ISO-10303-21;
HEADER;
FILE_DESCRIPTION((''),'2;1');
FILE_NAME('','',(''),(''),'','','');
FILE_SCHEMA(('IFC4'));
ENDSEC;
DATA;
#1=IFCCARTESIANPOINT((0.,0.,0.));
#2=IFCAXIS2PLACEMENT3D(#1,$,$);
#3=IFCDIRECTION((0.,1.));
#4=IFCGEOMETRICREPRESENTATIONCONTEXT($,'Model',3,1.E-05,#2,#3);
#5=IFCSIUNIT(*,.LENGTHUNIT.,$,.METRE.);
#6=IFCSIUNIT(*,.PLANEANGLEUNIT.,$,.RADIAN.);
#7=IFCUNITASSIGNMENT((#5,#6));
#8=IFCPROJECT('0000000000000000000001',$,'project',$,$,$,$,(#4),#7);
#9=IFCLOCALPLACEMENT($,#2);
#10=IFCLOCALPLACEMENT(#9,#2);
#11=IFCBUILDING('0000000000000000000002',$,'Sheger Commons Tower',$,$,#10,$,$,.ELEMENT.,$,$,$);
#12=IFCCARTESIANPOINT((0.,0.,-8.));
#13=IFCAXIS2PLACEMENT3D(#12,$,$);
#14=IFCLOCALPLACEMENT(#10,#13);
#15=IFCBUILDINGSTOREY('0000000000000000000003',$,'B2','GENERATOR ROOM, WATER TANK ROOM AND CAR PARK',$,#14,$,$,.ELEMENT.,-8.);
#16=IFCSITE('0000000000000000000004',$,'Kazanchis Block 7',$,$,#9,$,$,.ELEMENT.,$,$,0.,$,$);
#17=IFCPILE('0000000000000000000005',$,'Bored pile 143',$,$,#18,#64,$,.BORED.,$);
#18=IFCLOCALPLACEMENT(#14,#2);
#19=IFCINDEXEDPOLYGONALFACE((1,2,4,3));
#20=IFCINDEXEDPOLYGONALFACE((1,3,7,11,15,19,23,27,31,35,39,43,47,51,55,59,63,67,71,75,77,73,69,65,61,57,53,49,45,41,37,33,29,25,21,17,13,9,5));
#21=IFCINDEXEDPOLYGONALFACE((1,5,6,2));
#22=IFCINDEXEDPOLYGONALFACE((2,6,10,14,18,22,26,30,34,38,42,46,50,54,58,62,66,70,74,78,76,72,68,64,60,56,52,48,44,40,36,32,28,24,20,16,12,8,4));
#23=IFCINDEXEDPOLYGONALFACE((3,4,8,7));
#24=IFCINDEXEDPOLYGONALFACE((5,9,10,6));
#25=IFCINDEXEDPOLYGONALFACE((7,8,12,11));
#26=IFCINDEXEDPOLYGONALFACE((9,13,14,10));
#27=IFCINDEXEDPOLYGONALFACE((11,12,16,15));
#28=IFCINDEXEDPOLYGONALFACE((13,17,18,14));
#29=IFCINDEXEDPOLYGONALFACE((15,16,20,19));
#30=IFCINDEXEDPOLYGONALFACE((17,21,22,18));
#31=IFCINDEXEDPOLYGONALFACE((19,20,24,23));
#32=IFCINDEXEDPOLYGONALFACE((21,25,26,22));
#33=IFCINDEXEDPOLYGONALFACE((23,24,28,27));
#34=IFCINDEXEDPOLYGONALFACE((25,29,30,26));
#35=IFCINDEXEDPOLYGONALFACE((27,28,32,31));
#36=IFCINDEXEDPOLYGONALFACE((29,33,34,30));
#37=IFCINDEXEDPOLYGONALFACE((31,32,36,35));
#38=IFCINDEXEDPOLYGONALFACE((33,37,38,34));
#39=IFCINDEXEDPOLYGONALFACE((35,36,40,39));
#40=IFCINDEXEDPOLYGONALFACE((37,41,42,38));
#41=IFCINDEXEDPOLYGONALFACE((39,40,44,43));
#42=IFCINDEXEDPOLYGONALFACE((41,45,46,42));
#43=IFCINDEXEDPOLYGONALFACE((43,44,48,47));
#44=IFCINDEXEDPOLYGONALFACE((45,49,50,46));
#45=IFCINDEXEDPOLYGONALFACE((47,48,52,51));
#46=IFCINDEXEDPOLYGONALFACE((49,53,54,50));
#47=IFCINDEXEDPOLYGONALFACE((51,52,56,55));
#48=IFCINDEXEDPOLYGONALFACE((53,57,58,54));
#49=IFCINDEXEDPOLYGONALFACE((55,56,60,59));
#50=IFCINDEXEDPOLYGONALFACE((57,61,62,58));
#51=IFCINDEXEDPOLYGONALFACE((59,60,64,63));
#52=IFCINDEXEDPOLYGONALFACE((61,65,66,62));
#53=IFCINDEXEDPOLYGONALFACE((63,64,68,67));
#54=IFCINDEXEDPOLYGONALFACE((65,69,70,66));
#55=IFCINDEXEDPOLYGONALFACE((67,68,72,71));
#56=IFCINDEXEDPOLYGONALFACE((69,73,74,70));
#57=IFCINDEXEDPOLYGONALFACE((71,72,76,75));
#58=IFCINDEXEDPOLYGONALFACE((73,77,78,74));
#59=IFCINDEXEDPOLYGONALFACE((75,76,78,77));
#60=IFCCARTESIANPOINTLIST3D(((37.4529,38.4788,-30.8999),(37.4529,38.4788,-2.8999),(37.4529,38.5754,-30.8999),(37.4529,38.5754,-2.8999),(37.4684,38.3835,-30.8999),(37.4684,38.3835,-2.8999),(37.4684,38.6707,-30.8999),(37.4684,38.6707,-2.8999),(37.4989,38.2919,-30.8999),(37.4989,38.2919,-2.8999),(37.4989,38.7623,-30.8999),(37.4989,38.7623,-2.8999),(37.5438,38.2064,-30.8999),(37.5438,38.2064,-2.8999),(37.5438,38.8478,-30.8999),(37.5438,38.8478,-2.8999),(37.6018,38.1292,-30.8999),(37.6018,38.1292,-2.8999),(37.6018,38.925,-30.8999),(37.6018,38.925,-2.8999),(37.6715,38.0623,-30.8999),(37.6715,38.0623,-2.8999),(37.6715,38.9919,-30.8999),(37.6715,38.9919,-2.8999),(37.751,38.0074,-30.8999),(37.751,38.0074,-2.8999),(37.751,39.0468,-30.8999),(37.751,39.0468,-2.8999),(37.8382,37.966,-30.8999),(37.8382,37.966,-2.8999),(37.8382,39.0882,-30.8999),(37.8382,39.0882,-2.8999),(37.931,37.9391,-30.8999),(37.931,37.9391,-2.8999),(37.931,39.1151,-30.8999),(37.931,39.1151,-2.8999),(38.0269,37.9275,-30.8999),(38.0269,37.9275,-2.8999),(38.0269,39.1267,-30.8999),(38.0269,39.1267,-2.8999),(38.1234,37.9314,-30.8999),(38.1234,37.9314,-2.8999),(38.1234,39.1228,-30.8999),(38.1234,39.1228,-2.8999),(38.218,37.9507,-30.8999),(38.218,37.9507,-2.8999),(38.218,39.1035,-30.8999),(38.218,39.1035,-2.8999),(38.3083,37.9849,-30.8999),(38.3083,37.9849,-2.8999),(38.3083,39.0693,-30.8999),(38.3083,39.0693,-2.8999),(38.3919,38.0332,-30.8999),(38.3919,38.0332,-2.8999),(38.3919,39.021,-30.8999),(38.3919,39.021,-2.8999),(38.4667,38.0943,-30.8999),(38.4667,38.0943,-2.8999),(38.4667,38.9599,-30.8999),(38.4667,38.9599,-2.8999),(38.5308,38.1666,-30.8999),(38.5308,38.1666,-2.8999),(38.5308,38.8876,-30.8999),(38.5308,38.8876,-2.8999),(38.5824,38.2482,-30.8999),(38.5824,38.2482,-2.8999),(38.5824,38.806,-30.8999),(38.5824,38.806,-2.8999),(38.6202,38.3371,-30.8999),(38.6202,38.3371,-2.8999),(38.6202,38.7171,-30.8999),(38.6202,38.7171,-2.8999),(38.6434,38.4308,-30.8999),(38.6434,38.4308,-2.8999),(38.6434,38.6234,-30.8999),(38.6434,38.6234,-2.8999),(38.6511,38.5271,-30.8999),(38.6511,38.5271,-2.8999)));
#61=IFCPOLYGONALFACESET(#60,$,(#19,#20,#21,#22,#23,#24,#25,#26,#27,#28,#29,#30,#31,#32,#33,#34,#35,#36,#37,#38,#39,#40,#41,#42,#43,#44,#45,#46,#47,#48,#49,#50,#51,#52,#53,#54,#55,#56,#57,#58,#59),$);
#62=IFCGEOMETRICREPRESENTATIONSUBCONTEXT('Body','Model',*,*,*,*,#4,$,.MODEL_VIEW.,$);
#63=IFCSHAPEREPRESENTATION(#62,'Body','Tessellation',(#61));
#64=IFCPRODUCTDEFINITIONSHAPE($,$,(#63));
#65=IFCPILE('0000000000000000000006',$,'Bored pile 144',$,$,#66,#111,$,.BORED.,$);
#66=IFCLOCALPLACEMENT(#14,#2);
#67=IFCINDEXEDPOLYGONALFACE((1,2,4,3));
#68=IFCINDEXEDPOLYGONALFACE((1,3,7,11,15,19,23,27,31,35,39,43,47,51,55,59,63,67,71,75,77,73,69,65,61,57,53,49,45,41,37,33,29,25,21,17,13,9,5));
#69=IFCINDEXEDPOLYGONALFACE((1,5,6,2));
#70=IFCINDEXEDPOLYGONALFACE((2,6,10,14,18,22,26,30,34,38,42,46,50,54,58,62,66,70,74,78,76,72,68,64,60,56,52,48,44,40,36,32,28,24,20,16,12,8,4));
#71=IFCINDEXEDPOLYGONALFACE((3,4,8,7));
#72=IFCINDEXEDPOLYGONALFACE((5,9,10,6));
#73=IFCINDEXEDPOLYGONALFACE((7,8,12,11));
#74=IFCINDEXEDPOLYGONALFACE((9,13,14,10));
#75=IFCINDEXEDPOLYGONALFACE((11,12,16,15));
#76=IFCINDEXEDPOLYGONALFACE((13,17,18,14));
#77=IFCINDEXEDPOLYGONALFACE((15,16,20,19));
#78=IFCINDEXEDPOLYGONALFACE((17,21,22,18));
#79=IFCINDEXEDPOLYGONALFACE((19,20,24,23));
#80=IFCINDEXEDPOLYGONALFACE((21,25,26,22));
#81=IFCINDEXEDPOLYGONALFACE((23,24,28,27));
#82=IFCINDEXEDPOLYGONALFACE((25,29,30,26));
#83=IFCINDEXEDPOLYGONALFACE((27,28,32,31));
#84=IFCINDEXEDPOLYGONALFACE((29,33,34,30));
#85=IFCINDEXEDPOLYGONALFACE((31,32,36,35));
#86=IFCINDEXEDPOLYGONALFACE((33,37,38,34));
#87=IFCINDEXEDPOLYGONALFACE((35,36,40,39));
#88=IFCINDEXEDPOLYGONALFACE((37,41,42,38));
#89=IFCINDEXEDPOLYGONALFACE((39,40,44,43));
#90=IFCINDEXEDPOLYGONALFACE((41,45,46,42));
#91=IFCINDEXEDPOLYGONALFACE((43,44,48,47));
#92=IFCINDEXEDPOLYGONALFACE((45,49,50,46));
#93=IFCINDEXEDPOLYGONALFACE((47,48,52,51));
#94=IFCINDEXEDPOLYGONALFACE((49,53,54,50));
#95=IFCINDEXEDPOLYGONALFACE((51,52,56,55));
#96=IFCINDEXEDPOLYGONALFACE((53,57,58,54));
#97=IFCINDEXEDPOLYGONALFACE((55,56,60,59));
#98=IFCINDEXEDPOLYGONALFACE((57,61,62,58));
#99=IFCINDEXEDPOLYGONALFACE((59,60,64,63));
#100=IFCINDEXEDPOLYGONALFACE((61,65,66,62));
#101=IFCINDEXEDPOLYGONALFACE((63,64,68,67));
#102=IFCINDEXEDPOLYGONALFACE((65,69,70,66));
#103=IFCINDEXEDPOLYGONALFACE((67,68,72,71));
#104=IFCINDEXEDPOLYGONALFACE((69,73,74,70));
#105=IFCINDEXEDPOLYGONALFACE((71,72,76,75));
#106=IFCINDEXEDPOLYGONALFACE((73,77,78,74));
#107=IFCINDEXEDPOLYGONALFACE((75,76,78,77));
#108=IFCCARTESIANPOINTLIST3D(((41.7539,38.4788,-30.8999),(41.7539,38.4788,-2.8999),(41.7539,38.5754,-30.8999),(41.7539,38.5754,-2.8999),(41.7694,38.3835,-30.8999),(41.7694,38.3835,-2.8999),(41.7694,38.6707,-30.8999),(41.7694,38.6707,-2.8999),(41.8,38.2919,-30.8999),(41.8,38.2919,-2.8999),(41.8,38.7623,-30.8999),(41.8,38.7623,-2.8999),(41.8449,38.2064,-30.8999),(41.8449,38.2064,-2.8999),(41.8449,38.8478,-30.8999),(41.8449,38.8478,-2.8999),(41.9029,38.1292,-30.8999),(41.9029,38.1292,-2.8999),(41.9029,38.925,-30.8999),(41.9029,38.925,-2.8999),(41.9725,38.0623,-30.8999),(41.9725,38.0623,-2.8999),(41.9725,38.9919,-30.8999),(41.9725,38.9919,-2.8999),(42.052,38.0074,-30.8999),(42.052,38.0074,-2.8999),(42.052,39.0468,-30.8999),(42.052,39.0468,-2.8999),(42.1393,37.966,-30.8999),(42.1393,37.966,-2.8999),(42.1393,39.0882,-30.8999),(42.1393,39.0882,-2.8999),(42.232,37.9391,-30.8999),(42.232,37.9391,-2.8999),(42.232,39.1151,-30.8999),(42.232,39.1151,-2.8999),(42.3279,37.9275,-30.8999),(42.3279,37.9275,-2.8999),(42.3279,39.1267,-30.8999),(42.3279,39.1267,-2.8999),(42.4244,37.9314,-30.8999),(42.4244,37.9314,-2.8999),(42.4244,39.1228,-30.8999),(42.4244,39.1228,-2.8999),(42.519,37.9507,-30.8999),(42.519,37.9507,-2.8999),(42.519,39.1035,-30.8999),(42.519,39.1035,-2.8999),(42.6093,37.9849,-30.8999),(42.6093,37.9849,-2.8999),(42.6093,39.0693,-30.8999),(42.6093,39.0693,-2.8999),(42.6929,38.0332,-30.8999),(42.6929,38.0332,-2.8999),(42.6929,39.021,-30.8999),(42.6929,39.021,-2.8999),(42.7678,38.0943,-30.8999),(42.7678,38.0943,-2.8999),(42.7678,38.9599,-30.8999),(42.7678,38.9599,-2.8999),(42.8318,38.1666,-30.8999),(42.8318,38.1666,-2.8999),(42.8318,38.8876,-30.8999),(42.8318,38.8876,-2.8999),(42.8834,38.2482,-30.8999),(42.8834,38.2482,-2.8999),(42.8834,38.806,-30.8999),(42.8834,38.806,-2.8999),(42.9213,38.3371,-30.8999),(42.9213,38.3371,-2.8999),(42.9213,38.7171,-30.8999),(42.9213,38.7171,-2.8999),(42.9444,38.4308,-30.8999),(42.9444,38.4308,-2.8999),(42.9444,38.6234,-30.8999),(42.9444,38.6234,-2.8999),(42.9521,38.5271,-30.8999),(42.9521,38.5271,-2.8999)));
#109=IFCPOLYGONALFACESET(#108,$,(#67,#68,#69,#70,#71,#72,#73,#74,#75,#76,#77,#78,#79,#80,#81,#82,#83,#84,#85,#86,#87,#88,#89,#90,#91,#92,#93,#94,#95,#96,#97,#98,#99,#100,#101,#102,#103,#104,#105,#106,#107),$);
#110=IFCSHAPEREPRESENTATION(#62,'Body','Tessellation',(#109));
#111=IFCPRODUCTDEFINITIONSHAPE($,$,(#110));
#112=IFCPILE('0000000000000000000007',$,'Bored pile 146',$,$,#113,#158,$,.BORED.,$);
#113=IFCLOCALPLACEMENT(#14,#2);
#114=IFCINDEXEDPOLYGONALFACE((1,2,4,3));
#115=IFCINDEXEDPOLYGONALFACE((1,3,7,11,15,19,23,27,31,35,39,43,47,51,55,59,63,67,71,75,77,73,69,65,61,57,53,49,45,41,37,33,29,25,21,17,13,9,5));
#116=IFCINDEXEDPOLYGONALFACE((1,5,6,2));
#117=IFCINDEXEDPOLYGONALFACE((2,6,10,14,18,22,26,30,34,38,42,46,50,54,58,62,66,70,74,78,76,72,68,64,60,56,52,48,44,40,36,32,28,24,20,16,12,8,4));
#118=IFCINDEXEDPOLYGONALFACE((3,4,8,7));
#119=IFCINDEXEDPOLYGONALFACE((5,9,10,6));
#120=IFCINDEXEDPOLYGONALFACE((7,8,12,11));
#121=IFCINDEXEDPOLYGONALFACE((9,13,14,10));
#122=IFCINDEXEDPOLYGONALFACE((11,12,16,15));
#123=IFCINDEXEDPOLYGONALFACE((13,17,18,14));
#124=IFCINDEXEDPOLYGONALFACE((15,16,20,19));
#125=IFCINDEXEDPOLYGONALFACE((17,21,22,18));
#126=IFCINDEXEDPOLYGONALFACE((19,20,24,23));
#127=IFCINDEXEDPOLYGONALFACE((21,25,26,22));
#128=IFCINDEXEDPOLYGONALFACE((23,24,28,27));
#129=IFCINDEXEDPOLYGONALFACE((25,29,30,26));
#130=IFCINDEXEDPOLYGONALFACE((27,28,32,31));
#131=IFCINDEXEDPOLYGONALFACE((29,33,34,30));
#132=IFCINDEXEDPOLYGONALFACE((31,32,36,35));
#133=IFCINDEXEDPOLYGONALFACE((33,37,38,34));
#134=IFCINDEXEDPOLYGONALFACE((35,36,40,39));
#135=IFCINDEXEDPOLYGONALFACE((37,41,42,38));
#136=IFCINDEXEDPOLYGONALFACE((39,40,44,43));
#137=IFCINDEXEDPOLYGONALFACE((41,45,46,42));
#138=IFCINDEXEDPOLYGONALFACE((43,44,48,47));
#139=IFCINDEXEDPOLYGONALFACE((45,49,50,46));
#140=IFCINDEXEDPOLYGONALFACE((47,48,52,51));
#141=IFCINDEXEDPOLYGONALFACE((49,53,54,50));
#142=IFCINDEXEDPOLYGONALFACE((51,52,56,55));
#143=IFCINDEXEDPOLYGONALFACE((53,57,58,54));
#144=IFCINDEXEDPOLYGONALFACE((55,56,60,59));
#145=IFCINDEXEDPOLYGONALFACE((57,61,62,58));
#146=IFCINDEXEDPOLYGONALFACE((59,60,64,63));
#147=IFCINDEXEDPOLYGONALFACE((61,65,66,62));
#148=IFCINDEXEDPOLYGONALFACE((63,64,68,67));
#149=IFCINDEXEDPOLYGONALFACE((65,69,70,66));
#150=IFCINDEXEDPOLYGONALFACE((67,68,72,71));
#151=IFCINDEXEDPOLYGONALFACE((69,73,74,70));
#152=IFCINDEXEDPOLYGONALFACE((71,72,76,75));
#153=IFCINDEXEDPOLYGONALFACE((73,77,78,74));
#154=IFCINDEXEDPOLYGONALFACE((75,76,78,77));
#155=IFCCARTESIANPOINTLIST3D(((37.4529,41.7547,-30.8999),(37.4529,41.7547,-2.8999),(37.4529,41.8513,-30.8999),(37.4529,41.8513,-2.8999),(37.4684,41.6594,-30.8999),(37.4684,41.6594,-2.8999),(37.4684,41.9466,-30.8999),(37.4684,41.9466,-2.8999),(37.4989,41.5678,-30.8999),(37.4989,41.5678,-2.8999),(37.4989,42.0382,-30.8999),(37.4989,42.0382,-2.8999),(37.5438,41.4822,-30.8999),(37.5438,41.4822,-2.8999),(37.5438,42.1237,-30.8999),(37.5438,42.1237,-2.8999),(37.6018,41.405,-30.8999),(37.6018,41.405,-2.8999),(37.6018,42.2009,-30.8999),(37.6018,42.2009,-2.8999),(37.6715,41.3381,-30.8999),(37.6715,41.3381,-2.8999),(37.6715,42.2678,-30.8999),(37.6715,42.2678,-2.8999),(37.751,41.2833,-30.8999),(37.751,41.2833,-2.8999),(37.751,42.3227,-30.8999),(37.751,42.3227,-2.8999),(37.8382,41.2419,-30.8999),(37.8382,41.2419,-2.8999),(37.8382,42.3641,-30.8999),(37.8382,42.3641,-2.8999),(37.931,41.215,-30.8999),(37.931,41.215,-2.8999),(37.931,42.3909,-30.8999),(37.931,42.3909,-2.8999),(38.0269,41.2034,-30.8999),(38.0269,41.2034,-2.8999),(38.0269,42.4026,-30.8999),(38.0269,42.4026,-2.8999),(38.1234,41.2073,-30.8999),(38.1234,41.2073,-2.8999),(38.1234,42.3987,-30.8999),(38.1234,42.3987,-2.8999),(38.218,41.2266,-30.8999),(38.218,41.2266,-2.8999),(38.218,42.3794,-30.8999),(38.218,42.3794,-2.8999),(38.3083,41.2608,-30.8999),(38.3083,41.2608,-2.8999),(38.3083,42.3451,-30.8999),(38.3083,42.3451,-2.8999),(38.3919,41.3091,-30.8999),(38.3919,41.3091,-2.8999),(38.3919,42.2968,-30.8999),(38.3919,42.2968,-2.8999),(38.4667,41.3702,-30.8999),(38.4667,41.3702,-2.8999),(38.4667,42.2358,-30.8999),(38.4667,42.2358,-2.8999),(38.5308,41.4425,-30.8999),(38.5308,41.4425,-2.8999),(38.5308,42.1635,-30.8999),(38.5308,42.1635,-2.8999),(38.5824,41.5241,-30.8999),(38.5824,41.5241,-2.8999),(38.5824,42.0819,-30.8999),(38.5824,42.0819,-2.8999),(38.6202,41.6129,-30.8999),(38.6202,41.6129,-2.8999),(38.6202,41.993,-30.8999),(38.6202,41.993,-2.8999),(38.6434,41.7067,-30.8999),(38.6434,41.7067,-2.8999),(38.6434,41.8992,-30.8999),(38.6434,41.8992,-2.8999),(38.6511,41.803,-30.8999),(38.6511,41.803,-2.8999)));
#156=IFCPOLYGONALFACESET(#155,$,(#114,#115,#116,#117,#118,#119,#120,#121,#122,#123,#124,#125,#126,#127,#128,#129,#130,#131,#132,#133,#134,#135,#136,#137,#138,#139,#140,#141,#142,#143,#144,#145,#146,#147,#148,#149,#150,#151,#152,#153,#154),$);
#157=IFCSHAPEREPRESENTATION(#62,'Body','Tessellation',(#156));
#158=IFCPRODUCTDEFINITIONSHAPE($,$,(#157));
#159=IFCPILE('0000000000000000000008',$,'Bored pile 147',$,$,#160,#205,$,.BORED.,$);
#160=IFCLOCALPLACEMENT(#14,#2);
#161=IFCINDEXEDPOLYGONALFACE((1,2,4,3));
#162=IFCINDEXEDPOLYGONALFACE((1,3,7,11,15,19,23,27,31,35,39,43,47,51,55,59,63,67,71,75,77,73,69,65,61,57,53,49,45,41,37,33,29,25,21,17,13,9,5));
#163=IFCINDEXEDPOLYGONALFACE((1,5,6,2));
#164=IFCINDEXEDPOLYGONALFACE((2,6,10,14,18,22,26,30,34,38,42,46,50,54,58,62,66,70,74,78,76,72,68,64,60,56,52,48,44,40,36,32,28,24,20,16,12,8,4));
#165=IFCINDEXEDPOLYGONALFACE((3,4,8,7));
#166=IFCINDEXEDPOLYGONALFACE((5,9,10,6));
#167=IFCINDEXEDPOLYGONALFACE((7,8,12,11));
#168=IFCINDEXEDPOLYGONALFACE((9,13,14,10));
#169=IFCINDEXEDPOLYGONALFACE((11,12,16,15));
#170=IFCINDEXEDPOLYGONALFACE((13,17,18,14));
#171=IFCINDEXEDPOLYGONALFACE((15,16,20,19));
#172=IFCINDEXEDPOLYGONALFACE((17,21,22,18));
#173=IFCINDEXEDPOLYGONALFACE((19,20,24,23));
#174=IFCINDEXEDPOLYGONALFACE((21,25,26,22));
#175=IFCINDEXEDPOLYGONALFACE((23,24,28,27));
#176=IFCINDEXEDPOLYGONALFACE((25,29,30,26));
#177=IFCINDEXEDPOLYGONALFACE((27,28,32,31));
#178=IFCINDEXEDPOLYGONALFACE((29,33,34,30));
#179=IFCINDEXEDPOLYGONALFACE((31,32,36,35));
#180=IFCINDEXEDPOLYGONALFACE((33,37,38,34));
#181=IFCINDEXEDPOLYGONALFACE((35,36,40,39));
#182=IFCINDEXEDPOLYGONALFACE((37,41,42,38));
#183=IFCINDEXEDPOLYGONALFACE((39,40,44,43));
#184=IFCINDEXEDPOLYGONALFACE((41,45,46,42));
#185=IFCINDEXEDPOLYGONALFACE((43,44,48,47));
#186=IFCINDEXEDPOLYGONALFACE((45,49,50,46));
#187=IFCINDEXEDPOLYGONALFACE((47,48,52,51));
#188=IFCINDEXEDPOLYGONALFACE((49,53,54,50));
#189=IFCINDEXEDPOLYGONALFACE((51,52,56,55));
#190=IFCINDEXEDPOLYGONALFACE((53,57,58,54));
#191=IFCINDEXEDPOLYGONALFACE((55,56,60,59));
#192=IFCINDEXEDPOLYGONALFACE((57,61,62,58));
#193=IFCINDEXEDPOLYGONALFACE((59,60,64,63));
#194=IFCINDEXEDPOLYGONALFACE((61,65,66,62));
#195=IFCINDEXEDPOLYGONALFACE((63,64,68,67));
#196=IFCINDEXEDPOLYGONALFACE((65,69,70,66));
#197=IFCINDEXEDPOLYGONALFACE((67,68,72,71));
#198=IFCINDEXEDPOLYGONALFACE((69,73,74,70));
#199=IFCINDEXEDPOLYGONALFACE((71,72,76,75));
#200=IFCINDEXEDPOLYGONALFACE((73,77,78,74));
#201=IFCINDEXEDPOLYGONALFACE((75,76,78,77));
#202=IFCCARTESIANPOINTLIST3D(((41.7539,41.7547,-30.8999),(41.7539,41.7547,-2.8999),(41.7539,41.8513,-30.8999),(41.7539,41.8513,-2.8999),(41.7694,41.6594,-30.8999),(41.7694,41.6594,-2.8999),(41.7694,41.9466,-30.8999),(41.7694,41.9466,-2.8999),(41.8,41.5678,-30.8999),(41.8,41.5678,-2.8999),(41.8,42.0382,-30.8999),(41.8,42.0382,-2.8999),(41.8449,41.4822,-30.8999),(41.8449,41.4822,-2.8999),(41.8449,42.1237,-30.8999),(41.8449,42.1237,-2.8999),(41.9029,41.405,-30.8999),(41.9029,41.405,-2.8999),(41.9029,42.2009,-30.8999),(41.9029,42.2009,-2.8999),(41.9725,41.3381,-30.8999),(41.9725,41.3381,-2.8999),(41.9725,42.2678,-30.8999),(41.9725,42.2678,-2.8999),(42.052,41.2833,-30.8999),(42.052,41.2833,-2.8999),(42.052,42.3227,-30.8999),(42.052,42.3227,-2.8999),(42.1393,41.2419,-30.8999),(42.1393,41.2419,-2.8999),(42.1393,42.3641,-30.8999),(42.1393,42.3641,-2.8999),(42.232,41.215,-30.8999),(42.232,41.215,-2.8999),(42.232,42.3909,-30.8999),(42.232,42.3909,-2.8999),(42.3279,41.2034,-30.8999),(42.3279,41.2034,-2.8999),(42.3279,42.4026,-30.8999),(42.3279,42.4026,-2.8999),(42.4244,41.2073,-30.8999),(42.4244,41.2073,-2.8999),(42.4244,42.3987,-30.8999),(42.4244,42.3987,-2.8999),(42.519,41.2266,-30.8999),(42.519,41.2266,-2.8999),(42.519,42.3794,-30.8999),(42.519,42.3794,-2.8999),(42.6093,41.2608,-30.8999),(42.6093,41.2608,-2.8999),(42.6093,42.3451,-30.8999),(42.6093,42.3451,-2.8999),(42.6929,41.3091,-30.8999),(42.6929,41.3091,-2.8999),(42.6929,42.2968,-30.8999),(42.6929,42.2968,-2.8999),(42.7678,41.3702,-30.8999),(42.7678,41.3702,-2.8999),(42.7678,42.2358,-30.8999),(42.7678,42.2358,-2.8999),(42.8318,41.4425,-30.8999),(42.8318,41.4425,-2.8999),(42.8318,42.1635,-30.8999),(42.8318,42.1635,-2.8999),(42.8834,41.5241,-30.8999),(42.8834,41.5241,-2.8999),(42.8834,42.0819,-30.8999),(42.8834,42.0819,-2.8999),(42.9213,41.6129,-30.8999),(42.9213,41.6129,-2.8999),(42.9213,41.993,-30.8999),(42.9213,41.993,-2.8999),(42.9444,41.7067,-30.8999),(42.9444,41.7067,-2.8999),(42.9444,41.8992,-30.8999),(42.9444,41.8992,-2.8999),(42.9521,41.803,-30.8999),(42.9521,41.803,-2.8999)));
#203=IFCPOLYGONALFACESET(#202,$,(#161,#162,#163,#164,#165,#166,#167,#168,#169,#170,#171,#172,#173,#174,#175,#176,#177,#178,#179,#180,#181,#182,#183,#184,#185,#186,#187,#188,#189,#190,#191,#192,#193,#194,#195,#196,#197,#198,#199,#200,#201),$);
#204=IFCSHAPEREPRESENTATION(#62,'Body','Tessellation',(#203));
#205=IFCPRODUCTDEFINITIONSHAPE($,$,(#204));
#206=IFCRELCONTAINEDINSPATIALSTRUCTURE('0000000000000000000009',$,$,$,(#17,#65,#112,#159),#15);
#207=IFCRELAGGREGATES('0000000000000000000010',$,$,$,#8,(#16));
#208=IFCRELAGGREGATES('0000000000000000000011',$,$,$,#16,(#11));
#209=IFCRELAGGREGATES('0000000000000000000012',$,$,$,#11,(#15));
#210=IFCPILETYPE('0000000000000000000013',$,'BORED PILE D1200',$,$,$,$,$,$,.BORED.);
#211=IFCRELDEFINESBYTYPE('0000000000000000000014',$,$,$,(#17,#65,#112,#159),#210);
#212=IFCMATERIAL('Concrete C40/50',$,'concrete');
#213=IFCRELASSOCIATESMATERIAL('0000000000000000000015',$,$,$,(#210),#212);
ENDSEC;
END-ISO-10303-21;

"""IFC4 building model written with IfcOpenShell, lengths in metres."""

from ifc_helpers import new_model, si_unit, direction, frame, origin, origin_2d, place, context, subcontext, project, spatial, circle, extrude, material, material_profile, profile_set, type_object, element, save


model = new_model("IFC4")

# Units and contexts
model_context = context("Model", 3, precision=1e-05, world=origin(), true_north=direction((0.0, 1.0)))
body_context = subcontext(model_context, "Body", "Model", "MODEL_VIEW")
ifc_project = project(units=[si_unit("LENGTHUNIT", "METRE"), si_unit("PLANEANGLEUNIT", "RADIAN")], contexts=[model_context])

# Site, building, storey
site_placement = place(None, origin())
site = spatial("IfcSite", under=ifc_project, at=site_placement, Name="Kazanchis Block 7", CompositionType="ELEMENT", RefElevation=0.0)
building_placement = place(site_placement, origin())
building = spatial("IfcBuilding", under=site, at=building_placement, Name="Sheger Commons Tower", CompositionType="ELEMENT")
storey_placement = place(building_placement, frame((0.0, 0.0, -8.0)))
storey = spatial("IfcBuildingStorey", under=building, at=storey_placement, Name="B2", Description="GENERATOR ROOM, WATER TANK ROOM AND CAR PARK", CompositionType="ELEMENT", Elevation=-8.0)

# Piles
ifc_material_1 = material(Name="Concrete C40/50", Category="concrete")
ifc_material_profile_1 = material_profile(ifc_material_1, circle(Radius=0.6001, at=origin_2d()), Name="PILE D1200")
ifc_profile_set_1 = profile_set([ifc_material_profile_1], Name="Concrete C40/50")
pile_type_1 = type_object("IfcPileType", Name="BORED PILE D1200", PredefinedType="BORED", material=ifc_profile_set_1)
for number, where, z_axis, x_axis, name in (
    (1, (38.051, 38.5271, -2.8999), (0.0, 0.0, -1.0), (1.0, 0.0, 0.0), "Bored pile 143"),
    (2, (42.3521, 38.5271, -2.8999), (0.0, 0.0, -1.0), (1.0, 0.0, 0.0), "Bored pile 144"),
    (3, (38.051, 41.803, -2.8999), (0.0, 0.0, -1.0), (1.0, 0.0, 0.0), "Bored pile 146"),
    (4, (42.3521, 41.803, -2.8999), (0.0, 0.0, -1.0), (1.0, 0.0, 0.0), "Bored pile 147"),
):
    element("IfcPile", number, at=place(storey_placement, frame(where, z_axis=z_axis, x_axis=x_axis)), inside=storey, type_object=pile_type_1, Name=name, PredefinedType="BORED", context=body_context, shape_type="SweptSolid", body=[
        extrude(circle(Radius=0.6001, at=origin_2d()), origin(), (0.0, 0.0, 1.0), 28.0),
    ])

save(model, "model.ifc")
